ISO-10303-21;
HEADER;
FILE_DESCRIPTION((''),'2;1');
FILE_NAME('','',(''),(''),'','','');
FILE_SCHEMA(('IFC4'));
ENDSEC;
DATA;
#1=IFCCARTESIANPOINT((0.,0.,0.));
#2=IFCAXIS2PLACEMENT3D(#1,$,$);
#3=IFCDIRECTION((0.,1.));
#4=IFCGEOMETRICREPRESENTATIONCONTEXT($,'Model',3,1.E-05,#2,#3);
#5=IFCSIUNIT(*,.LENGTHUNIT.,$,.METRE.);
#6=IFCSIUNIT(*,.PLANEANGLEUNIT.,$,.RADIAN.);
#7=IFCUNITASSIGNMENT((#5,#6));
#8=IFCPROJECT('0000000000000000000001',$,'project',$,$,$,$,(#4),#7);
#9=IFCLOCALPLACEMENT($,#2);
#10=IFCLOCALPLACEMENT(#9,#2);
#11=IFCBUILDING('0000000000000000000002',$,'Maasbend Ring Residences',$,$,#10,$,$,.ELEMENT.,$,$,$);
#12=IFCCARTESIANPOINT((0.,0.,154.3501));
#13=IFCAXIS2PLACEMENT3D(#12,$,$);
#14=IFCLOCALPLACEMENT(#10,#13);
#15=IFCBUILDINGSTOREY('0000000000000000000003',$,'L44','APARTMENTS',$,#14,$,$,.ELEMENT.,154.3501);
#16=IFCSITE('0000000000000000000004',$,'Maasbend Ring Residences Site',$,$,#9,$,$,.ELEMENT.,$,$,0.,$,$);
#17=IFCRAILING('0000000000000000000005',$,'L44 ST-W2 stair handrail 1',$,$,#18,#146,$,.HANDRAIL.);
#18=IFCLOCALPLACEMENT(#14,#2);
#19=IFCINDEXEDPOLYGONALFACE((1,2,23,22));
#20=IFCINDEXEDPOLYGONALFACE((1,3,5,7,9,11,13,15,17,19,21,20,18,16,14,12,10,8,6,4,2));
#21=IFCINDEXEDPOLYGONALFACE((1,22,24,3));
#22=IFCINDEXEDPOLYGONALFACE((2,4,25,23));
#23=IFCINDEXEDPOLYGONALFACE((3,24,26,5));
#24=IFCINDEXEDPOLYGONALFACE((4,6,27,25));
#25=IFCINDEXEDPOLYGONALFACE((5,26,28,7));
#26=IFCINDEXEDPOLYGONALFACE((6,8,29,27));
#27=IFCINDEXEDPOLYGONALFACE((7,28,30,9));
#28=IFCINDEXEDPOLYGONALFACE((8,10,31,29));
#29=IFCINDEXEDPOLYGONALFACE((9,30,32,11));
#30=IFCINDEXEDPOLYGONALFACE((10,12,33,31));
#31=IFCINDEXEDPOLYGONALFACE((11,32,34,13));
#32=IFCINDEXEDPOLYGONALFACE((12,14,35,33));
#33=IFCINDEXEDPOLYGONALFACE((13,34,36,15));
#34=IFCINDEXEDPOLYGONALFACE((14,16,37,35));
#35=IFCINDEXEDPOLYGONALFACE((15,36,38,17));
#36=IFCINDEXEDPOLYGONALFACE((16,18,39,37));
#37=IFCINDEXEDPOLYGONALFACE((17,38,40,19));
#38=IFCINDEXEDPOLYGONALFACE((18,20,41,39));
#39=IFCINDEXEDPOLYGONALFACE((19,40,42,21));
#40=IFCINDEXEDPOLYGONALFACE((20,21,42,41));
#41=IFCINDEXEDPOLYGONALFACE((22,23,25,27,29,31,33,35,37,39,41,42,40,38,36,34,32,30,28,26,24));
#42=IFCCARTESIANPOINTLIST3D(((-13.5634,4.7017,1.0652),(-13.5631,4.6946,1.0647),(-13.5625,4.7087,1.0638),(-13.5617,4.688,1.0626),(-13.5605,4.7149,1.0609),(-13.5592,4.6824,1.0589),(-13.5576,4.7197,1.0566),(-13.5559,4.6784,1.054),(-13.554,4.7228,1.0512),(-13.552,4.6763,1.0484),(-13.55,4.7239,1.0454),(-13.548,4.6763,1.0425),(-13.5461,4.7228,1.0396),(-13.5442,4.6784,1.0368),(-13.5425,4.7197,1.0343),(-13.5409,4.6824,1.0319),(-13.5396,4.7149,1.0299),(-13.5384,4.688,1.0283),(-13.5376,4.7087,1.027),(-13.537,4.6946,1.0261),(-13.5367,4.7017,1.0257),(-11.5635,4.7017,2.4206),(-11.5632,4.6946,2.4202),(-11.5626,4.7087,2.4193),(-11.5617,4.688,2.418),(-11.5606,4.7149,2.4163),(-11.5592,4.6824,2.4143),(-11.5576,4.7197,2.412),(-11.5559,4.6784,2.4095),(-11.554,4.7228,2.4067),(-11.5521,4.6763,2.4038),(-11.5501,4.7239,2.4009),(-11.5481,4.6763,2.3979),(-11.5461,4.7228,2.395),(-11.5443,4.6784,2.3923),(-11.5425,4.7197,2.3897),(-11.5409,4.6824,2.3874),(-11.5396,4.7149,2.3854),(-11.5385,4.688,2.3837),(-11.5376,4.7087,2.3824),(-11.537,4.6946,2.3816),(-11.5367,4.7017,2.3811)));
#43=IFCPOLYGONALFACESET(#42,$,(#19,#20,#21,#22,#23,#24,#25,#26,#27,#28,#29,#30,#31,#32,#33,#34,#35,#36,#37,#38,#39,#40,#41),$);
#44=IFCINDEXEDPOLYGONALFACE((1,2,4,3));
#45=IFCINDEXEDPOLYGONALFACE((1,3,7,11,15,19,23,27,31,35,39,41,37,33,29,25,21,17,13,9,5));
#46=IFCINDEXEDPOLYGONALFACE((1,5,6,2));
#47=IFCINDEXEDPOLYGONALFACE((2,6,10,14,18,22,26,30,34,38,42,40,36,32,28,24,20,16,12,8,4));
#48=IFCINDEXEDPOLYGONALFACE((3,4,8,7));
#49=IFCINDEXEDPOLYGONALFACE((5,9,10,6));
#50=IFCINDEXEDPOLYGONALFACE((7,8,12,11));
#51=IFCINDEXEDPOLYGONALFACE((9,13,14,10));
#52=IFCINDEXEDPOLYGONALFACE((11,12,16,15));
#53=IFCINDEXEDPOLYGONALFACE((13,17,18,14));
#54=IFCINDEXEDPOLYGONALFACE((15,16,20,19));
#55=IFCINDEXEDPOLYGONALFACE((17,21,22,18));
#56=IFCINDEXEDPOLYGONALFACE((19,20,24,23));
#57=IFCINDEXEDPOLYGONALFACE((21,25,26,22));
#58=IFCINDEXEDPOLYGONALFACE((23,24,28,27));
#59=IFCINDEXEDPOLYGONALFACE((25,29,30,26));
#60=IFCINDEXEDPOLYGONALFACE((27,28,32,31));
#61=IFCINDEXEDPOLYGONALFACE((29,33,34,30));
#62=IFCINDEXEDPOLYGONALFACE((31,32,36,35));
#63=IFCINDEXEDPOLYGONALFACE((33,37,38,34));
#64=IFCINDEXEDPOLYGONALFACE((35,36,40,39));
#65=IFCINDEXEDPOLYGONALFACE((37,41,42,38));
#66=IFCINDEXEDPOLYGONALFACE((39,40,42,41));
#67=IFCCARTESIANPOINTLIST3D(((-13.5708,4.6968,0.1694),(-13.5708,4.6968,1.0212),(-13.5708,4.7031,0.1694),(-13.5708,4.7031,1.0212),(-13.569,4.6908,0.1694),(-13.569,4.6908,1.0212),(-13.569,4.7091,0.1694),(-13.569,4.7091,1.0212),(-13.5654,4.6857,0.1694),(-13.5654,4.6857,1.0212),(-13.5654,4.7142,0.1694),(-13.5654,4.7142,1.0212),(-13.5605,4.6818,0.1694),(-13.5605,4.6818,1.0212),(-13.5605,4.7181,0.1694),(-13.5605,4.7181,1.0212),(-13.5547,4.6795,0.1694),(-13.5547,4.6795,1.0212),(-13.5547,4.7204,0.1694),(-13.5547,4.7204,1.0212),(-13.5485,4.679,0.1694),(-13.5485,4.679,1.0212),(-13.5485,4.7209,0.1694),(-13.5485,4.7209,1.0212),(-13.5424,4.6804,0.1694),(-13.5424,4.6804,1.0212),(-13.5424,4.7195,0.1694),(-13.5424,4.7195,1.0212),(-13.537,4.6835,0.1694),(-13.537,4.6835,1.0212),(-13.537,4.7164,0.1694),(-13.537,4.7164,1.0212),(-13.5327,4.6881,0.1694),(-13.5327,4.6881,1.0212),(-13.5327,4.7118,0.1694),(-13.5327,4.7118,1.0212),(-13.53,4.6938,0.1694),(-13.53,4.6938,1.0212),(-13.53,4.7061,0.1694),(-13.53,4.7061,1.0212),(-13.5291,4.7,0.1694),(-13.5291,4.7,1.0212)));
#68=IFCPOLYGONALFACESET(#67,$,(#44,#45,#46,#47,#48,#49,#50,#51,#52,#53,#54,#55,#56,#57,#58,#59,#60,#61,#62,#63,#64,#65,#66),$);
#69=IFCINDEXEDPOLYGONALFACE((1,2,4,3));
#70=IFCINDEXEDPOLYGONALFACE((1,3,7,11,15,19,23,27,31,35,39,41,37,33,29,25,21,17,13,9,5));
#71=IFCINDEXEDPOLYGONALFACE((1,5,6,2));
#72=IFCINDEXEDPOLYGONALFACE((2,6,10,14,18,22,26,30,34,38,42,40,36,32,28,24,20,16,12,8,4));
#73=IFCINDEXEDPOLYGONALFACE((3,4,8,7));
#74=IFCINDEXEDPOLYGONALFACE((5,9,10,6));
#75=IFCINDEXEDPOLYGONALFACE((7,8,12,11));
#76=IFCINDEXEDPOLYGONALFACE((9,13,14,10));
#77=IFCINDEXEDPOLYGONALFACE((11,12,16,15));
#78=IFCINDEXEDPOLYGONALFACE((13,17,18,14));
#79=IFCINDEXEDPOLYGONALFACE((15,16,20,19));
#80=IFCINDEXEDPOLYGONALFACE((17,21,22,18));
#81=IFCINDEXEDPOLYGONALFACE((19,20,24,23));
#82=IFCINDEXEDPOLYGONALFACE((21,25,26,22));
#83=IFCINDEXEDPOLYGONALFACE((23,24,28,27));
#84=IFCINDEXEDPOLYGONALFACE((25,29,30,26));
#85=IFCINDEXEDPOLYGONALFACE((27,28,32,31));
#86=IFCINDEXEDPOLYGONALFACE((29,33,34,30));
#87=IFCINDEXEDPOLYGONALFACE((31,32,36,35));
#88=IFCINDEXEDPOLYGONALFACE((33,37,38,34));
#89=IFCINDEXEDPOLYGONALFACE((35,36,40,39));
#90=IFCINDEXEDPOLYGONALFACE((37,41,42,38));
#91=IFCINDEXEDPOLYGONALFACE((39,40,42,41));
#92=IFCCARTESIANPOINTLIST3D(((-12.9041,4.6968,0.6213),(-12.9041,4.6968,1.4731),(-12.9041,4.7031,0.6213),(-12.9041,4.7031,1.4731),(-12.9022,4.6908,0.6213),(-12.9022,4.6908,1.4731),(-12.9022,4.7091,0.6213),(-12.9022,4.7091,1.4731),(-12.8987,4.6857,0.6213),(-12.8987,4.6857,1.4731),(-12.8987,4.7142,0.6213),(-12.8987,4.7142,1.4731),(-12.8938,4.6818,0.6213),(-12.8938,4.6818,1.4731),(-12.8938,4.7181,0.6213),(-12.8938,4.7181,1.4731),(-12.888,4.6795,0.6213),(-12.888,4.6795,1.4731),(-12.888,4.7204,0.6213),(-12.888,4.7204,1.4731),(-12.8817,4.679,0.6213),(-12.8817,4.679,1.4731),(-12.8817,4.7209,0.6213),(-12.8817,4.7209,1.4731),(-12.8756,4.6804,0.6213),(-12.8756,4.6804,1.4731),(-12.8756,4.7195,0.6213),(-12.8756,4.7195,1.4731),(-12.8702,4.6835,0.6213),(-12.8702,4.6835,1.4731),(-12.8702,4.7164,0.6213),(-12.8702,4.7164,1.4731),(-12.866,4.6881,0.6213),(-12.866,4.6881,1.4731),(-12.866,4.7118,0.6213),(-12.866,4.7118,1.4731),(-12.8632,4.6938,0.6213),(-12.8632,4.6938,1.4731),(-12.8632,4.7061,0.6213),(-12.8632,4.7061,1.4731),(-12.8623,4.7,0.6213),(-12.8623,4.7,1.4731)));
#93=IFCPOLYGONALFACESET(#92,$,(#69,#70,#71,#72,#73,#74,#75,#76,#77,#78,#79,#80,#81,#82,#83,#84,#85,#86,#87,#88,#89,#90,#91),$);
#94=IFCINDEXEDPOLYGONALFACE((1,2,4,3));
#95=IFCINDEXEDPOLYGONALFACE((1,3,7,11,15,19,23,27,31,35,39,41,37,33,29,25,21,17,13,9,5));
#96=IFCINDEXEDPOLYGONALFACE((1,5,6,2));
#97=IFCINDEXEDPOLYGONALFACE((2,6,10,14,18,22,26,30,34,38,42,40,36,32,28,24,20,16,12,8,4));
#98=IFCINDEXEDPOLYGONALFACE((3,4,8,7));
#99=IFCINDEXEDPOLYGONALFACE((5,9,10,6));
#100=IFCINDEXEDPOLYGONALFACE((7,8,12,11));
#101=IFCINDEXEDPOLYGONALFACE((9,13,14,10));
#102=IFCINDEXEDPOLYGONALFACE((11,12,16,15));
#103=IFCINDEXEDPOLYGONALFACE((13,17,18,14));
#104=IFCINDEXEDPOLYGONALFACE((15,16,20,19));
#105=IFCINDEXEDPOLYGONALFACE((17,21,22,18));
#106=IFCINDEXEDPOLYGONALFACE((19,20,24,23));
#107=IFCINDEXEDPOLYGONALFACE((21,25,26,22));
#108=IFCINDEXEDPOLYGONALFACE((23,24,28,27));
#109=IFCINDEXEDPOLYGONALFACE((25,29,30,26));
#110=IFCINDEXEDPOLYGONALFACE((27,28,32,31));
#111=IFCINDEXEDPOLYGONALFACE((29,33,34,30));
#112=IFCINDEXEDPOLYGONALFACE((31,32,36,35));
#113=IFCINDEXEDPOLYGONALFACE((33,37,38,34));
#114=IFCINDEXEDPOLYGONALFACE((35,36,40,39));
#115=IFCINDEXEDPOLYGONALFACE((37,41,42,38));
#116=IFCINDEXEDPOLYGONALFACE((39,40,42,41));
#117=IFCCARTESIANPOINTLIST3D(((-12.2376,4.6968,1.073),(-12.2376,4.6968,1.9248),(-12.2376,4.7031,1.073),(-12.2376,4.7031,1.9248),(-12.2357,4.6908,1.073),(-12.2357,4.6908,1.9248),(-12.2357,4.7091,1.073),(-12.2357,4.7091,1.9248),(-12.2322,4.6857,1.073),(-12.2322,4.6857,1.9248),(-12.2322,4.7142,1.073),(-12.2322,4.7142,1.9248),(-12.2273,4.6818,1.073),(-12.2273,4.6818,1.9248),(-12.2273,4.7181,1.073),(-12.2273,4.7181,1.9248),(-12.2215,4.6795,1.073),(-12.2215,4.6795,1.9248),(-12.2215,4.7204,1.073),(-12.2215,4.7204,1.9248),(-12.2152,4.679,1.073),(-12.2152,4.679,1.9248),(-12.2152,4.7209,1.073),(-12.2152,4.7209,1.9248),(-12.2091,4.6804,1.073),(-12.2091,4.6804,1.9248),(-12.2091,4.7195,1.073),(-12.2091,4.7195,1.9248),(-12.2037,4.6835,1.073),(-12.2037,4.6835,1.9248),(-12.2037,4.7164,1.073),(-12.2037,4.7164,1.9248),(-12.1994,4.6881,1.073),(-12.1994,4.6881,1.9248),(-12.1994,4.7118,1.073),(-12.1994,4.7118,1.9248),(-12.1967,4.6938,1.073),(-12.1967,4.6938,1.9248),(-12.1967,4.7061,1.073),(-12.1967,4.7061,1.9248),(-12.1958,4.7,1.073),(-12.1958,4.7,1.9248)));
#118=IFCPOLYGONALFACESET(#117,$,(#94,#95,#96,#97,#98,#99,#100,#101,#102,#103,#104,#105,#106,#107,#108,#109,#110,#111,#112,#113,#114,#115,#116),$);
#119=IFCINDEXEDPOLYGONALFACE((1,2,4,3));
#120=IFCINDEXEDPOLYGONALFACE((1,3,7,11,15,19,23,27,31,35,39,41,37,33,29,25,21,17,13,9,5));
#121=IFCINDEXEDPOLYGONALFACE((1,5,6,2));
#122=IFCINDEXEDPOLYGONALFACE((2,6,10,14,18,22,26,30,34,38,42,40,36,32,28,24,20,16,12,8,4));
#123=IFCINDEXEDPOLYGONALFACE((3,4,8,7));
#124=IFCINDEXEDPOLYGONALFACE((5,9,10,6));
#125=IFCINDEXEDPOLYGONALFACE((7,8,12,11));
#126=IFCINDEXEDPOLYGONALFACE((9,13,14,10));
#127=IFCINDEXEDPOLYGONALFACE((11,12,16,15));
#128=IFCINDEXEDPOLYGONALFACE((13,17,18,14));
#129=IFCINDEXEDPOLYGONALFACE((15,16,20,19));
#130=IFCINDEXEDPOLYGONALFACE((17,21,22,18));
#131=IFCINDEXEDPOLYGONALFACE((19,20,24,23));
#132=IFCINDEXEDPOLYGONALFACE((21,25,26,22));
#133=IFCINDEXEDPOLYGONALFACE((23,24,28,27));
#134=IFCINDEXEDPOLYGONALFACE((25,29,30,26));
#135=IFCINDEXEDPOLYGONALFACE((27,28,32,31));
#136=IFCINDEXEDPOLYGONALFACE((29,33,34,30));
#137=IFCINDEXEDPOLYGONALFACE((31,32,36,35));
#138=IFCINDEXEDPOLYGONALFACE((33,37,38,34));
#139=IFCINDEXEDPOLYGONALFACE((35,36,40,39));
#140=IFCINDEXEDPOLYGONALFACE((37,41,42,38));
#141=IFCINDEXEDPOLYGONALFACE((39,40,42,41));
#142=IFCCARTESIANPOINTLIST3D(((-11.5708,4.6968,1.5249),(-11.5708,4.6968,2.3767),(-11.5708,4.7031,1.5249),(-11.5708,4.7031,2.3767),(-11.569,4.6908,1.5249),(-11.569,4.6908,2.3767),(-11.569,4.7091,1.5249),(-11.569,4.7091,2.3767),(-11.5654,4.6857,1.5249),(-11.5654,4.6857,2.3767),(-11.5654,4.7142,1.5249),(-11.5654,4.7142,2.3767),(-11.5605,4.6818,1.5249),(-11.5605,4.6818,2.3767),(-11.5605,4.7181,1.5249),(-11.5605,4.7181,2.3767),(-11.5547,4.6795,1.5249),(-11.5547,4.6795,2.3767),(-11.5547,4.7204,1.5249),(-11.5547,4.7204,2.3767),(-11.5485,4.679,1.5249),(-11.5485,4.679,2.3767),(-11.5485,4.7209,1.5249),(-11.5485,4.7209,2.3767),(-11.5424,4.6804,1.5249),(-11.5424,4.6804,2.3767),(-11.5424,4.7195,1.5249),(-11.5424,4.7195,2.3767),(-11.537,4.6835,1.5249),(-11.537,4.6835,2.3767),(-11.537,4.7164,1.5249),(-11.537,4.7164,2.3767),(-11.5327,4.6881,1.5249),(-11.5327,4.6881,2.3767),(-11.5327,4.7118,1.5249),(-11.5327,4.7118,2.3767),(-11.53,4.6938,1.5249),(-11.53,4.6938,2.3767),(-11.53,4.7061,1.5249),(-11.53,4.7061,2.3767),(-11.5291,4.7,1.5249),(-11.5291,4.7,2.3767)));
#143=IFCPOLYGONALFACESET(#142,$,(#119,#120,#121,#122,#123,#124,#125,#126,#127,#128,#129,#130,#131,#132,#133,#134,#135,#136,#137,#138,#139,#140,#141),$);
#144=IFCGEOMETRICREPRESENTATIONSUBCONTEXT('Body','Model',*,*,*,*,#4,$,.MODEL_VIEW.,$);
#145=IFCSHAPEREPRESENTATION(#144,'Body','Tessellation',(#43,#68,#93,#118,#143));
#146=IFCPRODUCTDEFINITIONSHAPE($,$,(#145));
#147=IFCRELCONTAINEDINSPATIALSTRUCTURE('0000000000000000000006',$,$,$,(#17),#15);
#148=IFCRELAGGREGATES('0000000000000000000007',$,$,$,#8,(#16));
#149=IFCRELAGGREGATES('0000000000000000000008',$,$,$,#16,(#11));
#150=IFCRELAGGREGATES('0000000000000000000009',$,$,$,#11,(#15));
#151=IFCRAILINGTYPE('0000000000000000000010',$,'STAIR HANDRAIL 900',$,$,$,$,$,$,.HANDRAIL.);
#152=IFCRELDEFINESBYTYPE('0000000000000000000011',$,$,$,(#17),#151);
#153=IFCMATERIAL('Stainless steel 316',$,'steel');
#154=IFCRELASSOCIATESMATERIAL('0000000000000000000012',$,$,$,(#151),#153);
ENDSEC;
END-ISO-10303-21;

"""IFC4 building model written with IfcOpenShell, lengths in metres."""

from ifc_helpers import new_model, si_unit, direction, frame, origin, origin_2d, place, context, subcontext, project, spatial, circle, extrude, material, type_object, element, save


model = new_model("IFC4")

# Units and contexts
model_context = context("Model", 3, precision=1e-05, world=origin(), true_north=direction((0.0, 1.0)))
body_context = subcontext(model_context, "Body", "Model", "MODEL_VIEW")
ifc_project = project(units=[si_unit("LENGTHUNIT", "METRE"), si_unit("PLANEANGLEUNIT", "RADIAN")], contexts=[model_context])

# Site, building, storey
site_placement = place(None, origin())
site = spatial("IfcSite", under=ifc_project, at=site_placement, Name="Maasbend Ring Residences Site", CompositionType="ELEMENT", RefElevation=0.0)
building_placement = place(site_placement, origin())
building = spatial("IfcBuilding", under=site, at=building_placement, Name="Maasbend Ring Residences", CompositionType="ELEMENT")
storey_placement = place(building_placement, frame((0.0, 0.0, 154.3501)))
storey = spatial("IfcBuildingStorey", under=building, at=storey_placement, Name="L44", Description="APARTMENTS", CompositionType="ELEMENT", Elevation=154.3501)

# Railing
ifc_material_1 = material(Name="Stainless steel 316", Category="steel")
railing_type_1 = type_object("IfcRailingType", Name="STAIR HANDRAIL 900", PredefinedType="HANDRAIL", material=ifc_material_1)
railing_1_placement = place(storey_placement, frame((-13.55, 4.7, 0.1694)))
element("IfcRailing", 1, at=railing_1_placement, inside=storey, type_object=railing_type_1, Name="L44 ST-W2 stair handrail 1", PredefinedType="HANDRAIL", context=body_context, shape_type="SweptSolid", body=[
    extrude(circle(Radius=0.0239, at=origin_2d()), frame((0.0, 0.0, 0.876), z_axis=(0.827798, 0.0, 0.561027), x_axis=(0.0, 1.0, 0.0)), (0.0, 0.0, 1.0), 2.416),
    extrude(circle(Radius=0.021, at=origin_2d()), origin(), (0.0, 0.0, 1.0), 0.8518),
    extrude(circle(Radius=0.021, at=origin_2d()), frame((0.6667, 0.0, 0.4519)), (0.0, 0.0, 1.0), 0.8518),
    extrude(circle(Radius=0.021, at=origin_2d()), frame((1.3333, 0.0, 0.9036)), (0.0, 0.0, 1.0), 0.8518),
    extrude(circle(Radius=0.021, at=origin_2d()), frame((2.0, 0.0, 1.3555)), (0.0, 0.0, 1.0), 0.8518),
])

save(model, "model.ifc")
